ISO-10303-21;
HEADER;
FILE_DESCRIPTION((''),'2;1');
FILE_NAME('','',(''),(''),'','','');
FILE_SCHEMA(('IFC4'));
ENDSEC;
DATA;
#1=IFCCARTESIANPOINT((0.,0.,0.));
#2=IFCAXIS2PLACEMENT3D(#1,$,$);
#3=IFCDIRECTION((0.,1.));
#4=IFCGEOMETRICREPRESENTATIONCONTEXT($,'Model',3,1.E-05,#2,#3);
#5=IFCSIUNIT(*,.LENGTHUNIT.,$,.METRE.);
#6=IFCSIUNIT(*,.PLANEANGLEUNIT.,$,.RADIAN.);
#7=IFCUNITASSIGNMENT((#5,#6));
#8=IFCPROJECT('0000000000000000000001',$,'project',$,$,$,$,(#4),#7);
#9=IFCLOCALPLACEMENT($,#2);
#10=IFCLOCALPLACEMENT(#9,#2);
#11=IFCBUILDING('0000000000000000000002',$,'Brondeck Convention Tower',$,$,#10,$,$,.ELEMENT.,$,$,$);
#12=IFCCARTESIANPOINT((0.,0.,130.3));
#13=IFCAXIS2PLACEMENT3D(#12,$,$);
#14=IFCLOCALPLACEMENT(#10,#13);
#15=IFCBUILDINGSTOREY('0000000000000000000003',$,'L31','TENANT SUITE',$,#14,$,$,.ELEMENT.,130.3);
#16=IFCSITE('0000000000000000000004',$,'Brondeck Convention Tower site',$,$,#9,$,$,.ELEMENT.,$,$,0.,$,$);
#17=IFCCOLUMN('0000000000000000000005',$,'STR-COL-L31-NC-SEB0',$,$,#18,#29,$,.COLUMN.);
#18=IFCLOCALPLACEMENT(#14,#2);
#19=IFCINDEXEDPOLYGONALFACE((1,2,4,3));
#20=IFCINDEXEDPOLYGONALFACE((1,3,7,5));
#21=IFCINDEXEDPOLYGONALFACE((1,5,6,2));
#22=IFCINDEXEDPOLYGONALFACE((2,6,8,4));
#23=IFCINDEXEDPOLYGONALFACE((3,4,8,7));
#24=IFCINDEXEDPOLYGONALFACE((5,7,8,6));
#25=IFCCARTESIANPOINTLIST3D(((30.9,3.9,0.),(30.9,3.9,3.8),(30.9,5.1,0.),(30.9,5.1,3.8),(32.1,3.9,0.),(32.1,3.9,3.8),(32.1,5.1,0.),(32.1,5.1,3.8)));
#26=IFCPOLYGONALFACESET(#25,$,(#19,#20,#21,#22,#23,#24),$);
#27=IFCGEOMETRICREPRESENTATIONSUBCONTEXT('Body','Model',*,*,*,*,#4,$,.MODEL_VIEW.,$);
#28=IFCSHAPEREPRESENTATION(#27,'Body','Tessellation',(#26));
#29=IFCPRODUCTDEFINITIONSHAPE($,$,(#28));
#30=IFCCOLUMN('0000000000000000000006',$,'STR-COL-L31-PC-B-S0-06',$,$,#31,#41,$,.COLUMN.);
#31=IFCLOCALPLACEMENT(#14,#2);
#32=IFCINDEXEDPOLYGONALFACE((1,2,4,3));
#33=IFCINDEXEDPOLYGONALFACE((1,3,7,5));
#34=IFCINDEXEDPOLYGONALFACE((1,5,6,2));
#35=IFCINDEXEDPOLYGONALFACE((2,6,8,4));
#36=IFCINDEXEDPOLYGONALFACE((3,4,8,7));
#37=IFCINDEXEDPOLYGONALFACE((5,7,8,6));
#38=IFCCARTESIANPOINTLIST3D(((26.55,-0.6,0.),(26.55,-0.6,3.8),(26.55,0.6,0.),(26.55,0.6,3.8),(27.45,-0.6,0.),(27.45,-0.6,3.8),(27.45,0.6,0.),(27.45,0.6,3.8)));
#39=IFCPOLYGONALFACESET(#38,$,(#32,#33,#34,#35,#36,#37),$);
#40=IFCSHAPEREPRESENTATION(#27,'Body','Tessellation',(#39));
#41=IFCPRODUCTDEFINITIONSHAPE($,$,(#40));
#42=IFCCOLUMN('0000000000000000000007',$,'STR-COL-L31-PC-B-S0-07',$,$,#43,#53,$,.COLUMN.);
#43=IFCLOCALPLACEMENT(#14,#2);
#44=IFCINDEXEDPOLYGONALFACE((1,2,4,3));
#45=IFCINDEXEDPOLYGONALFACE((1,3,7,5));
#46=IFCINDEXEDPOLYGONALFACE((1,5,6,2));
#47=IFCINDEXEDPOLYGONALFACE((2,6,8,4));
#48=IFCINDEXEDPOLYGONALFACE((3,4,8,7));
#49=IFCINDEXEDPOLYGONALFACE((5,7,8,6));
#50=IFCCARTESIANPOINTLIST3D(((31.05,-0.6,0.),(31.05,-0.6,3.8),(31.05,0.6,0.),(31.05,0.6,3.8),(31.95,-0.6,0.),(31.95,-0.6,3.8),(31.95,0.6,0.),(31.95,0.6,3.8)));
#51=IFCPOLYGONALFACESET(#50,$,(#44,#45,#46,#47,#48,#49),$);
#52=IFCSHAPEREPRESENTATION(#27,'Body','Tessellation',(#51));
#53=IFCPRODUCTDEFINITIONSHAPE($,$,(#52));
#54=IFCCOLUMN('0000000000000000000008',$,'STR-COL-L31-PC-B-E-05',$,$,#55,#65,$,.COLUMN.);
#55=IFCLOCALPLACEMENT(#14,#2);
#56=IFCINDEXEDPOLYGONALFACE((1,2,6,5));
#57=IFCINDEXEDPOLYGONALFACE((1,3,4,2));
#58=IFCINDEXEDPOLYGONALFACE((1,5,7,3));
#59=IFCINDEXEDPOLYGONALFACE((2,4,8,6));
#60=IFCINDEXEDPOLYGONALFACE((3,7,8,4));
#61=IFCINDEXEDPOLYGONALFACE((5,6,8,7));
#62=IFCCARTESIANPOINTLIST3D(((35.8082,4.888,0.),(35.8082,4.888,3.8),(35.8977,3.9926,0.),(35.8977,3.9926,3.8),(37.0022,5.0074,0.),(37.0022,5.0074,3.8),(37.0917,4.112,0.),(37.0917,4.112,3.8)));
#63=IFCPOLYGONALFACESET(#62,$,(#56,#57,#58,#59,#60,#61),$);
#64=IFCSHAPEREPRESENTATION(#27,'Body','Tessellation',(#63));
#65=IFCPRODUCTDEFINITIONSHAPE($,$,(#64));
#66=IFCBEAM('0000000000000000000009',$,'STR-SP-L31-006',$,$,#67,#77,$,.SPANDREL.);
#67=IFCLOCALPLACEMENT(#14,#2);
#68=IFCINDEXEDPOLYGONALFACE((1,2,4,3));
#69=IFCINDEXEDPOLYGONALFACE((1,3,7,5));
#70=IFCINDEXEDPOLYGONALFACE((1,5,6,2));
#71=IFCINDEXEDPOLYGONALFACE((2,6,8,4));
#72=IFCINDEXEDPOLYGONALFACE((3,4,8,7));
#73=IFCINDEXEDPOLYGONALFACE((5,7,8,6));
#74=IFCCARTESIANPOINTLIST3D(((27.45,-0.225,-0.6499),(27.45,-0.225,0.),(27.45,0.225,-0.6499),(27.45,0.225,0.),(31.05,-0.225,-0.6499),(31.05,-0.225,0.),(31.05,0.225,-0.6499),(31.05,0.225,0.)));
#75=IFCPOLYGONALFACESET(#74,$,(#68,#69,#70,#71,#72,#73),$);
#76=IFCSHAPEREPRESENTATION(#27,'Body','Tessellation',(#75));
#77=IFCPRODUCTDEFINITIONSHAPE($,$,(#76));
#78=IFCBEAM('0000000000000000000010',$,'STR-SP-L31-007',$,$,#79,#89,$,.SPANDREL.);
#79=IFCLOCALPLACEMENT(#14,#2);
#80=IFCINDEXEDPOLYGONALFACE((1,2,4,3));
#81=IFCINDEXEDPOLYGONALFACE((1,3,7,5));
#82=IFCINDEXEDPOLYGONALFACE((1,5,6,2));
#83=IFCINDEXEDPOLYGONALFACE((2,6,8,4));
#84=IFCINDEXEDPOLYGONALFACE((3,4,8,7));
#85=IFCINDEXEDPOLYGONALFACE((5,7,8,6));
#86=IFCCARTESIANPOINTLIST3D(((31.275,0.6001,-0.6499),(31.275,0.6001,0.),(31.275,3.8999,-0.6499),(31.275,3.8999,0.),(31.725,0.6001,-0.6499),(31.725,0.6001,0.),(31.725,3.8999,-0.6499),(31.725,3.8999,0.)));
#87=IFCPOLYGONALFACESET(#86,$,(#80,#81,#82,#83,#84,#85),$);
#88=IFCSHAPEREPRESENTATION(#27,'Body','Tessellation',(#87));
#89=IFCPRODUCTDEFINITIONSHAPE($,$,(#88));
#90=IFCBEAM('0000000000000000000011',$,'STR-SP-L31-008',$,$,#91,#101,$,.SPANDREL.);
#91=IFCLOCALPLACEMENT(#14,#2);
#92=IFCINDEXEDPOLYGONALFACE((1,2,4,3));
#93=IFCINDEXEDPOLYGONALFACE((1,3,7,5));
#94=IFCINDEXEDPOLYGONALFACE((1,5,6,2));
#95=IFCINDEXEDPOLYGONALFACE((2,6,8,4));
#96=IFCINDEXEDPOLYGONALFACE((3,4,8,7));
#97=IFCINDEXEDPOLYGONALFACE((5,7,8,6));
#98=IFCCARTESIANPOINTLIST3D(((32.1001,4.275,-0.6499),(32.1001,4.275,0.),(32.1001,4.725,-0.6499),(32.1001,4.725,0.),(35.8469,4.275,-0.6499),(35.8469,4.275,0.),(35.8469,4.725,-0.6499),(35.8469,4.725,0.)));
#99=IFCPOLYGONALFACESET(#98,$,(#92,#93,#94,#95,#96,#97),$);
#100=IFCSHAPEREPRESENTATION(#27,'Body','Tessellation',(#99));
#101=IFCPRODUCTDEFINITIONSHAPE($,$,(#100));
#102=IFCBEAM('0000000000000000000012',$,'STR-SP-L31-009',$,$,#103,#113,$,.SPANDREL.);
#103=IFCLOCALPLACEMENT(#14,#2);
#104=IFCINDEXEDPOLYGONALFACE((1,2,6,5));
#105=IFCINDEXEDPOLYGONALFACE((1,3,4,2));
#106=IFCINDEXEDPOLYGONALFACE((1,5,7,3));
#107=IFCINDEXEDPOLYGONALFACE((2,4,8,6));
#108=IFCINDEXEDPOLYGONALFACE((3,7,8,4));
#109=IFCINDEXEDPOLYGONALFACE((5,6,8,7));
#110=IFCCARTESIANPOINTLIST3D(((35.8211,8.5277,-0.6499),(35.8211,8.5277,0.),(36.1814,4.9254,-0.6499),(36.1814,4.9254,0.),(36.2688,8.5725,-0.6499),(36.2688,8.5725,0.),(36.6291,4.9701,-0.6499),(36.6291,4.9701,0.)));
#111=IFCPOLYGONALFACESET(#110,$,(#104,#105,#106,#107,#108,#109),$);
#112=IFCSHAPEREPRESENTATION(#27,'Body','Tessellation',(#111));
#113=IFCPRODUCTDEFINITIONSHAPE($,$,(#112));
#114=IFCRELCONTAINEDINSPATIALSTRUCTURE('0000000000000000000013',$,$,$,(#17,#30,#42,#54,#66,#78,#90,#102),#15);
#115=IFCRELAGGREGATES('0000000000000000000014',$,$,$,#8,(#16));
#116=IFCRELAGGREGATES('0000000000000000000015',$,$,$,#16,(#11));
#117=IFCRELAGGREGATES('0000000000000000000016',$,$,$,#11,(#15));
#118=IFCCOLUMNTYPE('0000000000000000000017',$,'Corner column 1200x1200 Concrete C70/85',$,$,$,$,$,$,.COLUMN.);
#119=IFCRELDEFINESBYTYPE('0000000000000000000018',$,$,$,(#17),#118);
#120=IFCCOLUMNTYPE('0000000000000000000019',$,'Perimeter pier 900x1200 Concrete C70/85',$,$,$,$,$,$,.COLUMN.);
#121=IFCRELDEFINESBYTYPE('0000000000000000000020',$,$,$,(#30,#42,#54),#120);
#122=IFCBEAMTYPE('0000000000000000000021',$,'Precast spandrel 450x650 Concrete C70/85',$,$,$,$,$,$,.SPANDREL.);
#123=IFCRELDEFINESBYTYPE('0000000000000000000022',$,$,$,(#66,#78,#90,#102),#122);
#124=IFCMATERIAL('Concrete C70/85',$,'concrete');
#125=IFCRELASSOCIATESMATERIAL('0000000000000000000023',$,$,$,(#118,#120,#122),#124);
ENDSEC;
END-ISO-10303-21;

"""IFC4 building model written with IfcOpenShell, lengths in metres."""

from ifc_helpers import new_model, si_unit, direction, frame, origin, origin_2d, place, context, subcontext, project, spatial, rectangle, extrude, material, material_profile, profile_set, type_object, element, save


model = new_model("IFC4")

# Units and contexts
model_context = context("Model", 3, precision=1e-05, world=origin(), true_north=direction((0.0, 1.0)))
body_context = subcontext(model_context, "Body", "Model", "MODEL_VIEW")
ifc_project = project(units=[si_unit("LENGTHUNIT", "METRE"), si_unit("PLANEANGLEUNIT", "RADIAN")], contexts=[model_context])

# Site, building, storey
site_placement = place(None, origin())
site = spatial("IfcSite", under=ifc_project, at=site_placement, Name="Brondeck Convention Tower site", CompositionType="ELEMENT", RefElevation=0.0)
building_placement = place(site_placement, origin())
building = spatial("IfcBuilding", under=site, at=building_placement, Name="Brondeck Convention Tower", CompositionType="ELEMENT")
storey_placement = place(building_placement, frame((0.0, 0.0, 130.3)))
storey = spatial("IfcBuildingStorey", under=building, at=storey_placement, Name="L31", Description="TENANT SUITE", CompositionType="ELEMENT", Elevation=130.3)

# Columns
ifc_material_1 = material(Name="Concrete C70/85", Category="concrete")
ifc_material_profile_1 = material_profile(ifc_material_1, rectangle(XDim=1.2, YDim=1.2, at=origin_2d()), Name="Corner column 1200x1200 Concrete C70/85")
ifc_profile_set_1 = profile_set([ifc_material_profile_1], Name="Concrete C70/85")
column_type_1 = type_object("IfcColumnType", Name="Corner column 1200x1200 Concrete C70/85", PredefinedType="COLUMN", material=ifc_profile_set_1)
column_placement = place(storey_placement, frame((31.5, 4.5, 0.0), z_axis=(0.0, 0.0, 1.0), x_axis=(1.0, 0.0, 0.0)))
element("IfcColumn", 1, at=column_placement, inside=storey, type_object=column_type_1, Name="STR-COL-L31-NC-SEB0", PredefinedType="COLUMN", context=body_context, shape_type="SweptSolid", body=[
    extrude(rectangle(XDim=1.2, YDim=1.2, at=origin_2d()), origin(), (0.0, 0.0, 1.0), 3.8),
])
ifc_material_profile_2 = material_profile(ifc_material_1, rectangle(XDim=0.8999, YDim=1.2, at=origin_2d()), Name="Perimeter pier 900x1200 Concrete C70/85")
ifc_profile_set_2 = profile_set([ifc_material_profile_2], Name="Concrete C70/85")
column_type_2 = type_object("IfcColumnType", Name="Perimeter pier 900x1200 Concrete C70/85", PredefinedType="COLUMN", material=ifc_profile_set_2)
for number, where, z_axis, x_axis, name in (
    (2, (27.0, 0.0, 0.0), (0.0, 0.0, 1.0), (1.0, 0.0, 0.0), "STR-COL-L31-PC-B-S0-06"),
    (3, (31.5, 0.0, 0.0), (0.0, 0.0, 1.0), (1.0, 0.0, 0.0), "STR-COL-L31-PC-B-S0-07"),
    (4, (36.45, 4.5, 0.0), (0.0, 0.0, 1.0), (-0.099504, 0.995037, 0.0), "STR-COL-L31-PC-B-E-05"),
):
    element("IfcColumn", number, at=place(storey_placement, frame(where, z_axis=z_axis, x_axis=x_axis)), inside=storey, type_object=column_type_2, Name=name, PredefinedType="COLUMN", context=body_context, shape_type="SweptSolid", body=[
        extrude(rectangle(XDim=0.8999, YDim=1.2, at=origin_2d()), origin(), (0.0, 0.0, 1.0), 3.8),
    ])

# Beams
ifc_material_profile_3 = material_profile(ifc_material_1, rectangle(XDim=0.45, YDim=0.6499, at=origin_2d()), Name="Precast spandrel 450x650 Concrete C70/85")
ifc_profile_set_3 = profile_set([ifc_material_profile_3], Name="Concrete C70/85")
beam_type = type_object("IfcBeamType", Name="Precast spandrel 450x650 Concrete C70/85", PredefinedType="SPANDREL", material=ifc_profile_set_3)
beam_1_placement = place(storey_placement, frame((27.45, 0.0, -0.325), z_axis=(1.0, 0.0, 0.0), x_axis=(0.0, 1.0, 0.0)))
element("IfcBeam", 5, at=beam_1_placement, inside=storey, type_object=beam_type, Name="STR-SP-L31-006", PredefinedType="SPANDREL", context=body_context, shape_type="SweptSolid", body=[
    extrude(rectangle(XDim=0.45, YDim=0.6499, at=origin_2d()), origin(), (0.0, 0.0, 1.0), 3.6001),
])
beam_2_placement = place(storey_placement, frame((31.5, 0.6001, -0.325), z_axis=(0.0, 1.0, 0.0), x_axis=(-1.0, 0.0, 0.0)))
element("IfcBeam", 6, at=beam_2_placement, inside=storey, type_object=beam_type, Name="STR-SP-L31-007", PredefinedType="SPANDREL", context=body_context, shape_type="SweptSolid", body=[
    extrude(rectangle(XDim=0.45, YDim=0.6499, at=origin_2d()), origin(), (0.0, 0.0, 1.0), 3.2998),
])
beam_3_placement = place(storey_placement, frame((32.1001, 4.5, -0.325), z_axis=(1.0, 0.0, 0.0), x_axis=(0.0, 1.0, 0.0)))
element("IfcBeam", 7, at=beam_3_placement, inside=storey, type_object=beam_type, Name="STR-SP-L31-008", PredefinedType="SPANDREL", context=body_context, shape_type="SweptSolid", body=[
    extrude(rectangle(XDim=0.45, YDim=0.6499, at=origin_2d()), origin(), (0.0, 0.0, 1.0), 3.7468),
])
beam_4_placement = place(storey_placement, frame((36.4053, 4.9478, -0.325), z_axis=(-0.099537, 0.995034, 0.0), x_axis=(-0.995034, -0.099537, 0.0)))
element("IfcBeam", 8, at=beam_4_placement, inside=storey, type_object=beam_type, Name="STR-SP-L31-009", PredefinedType="SPANDREL", context=body_context, shape_type="SweptSolid", body=[
    extrude(rectangle(XDim=0.45, YDim=0.6499, at=origin_2d()), origin(), (0.0, 0.0, 1.0), 3.6204),
])

save(model, "model.ifc")
